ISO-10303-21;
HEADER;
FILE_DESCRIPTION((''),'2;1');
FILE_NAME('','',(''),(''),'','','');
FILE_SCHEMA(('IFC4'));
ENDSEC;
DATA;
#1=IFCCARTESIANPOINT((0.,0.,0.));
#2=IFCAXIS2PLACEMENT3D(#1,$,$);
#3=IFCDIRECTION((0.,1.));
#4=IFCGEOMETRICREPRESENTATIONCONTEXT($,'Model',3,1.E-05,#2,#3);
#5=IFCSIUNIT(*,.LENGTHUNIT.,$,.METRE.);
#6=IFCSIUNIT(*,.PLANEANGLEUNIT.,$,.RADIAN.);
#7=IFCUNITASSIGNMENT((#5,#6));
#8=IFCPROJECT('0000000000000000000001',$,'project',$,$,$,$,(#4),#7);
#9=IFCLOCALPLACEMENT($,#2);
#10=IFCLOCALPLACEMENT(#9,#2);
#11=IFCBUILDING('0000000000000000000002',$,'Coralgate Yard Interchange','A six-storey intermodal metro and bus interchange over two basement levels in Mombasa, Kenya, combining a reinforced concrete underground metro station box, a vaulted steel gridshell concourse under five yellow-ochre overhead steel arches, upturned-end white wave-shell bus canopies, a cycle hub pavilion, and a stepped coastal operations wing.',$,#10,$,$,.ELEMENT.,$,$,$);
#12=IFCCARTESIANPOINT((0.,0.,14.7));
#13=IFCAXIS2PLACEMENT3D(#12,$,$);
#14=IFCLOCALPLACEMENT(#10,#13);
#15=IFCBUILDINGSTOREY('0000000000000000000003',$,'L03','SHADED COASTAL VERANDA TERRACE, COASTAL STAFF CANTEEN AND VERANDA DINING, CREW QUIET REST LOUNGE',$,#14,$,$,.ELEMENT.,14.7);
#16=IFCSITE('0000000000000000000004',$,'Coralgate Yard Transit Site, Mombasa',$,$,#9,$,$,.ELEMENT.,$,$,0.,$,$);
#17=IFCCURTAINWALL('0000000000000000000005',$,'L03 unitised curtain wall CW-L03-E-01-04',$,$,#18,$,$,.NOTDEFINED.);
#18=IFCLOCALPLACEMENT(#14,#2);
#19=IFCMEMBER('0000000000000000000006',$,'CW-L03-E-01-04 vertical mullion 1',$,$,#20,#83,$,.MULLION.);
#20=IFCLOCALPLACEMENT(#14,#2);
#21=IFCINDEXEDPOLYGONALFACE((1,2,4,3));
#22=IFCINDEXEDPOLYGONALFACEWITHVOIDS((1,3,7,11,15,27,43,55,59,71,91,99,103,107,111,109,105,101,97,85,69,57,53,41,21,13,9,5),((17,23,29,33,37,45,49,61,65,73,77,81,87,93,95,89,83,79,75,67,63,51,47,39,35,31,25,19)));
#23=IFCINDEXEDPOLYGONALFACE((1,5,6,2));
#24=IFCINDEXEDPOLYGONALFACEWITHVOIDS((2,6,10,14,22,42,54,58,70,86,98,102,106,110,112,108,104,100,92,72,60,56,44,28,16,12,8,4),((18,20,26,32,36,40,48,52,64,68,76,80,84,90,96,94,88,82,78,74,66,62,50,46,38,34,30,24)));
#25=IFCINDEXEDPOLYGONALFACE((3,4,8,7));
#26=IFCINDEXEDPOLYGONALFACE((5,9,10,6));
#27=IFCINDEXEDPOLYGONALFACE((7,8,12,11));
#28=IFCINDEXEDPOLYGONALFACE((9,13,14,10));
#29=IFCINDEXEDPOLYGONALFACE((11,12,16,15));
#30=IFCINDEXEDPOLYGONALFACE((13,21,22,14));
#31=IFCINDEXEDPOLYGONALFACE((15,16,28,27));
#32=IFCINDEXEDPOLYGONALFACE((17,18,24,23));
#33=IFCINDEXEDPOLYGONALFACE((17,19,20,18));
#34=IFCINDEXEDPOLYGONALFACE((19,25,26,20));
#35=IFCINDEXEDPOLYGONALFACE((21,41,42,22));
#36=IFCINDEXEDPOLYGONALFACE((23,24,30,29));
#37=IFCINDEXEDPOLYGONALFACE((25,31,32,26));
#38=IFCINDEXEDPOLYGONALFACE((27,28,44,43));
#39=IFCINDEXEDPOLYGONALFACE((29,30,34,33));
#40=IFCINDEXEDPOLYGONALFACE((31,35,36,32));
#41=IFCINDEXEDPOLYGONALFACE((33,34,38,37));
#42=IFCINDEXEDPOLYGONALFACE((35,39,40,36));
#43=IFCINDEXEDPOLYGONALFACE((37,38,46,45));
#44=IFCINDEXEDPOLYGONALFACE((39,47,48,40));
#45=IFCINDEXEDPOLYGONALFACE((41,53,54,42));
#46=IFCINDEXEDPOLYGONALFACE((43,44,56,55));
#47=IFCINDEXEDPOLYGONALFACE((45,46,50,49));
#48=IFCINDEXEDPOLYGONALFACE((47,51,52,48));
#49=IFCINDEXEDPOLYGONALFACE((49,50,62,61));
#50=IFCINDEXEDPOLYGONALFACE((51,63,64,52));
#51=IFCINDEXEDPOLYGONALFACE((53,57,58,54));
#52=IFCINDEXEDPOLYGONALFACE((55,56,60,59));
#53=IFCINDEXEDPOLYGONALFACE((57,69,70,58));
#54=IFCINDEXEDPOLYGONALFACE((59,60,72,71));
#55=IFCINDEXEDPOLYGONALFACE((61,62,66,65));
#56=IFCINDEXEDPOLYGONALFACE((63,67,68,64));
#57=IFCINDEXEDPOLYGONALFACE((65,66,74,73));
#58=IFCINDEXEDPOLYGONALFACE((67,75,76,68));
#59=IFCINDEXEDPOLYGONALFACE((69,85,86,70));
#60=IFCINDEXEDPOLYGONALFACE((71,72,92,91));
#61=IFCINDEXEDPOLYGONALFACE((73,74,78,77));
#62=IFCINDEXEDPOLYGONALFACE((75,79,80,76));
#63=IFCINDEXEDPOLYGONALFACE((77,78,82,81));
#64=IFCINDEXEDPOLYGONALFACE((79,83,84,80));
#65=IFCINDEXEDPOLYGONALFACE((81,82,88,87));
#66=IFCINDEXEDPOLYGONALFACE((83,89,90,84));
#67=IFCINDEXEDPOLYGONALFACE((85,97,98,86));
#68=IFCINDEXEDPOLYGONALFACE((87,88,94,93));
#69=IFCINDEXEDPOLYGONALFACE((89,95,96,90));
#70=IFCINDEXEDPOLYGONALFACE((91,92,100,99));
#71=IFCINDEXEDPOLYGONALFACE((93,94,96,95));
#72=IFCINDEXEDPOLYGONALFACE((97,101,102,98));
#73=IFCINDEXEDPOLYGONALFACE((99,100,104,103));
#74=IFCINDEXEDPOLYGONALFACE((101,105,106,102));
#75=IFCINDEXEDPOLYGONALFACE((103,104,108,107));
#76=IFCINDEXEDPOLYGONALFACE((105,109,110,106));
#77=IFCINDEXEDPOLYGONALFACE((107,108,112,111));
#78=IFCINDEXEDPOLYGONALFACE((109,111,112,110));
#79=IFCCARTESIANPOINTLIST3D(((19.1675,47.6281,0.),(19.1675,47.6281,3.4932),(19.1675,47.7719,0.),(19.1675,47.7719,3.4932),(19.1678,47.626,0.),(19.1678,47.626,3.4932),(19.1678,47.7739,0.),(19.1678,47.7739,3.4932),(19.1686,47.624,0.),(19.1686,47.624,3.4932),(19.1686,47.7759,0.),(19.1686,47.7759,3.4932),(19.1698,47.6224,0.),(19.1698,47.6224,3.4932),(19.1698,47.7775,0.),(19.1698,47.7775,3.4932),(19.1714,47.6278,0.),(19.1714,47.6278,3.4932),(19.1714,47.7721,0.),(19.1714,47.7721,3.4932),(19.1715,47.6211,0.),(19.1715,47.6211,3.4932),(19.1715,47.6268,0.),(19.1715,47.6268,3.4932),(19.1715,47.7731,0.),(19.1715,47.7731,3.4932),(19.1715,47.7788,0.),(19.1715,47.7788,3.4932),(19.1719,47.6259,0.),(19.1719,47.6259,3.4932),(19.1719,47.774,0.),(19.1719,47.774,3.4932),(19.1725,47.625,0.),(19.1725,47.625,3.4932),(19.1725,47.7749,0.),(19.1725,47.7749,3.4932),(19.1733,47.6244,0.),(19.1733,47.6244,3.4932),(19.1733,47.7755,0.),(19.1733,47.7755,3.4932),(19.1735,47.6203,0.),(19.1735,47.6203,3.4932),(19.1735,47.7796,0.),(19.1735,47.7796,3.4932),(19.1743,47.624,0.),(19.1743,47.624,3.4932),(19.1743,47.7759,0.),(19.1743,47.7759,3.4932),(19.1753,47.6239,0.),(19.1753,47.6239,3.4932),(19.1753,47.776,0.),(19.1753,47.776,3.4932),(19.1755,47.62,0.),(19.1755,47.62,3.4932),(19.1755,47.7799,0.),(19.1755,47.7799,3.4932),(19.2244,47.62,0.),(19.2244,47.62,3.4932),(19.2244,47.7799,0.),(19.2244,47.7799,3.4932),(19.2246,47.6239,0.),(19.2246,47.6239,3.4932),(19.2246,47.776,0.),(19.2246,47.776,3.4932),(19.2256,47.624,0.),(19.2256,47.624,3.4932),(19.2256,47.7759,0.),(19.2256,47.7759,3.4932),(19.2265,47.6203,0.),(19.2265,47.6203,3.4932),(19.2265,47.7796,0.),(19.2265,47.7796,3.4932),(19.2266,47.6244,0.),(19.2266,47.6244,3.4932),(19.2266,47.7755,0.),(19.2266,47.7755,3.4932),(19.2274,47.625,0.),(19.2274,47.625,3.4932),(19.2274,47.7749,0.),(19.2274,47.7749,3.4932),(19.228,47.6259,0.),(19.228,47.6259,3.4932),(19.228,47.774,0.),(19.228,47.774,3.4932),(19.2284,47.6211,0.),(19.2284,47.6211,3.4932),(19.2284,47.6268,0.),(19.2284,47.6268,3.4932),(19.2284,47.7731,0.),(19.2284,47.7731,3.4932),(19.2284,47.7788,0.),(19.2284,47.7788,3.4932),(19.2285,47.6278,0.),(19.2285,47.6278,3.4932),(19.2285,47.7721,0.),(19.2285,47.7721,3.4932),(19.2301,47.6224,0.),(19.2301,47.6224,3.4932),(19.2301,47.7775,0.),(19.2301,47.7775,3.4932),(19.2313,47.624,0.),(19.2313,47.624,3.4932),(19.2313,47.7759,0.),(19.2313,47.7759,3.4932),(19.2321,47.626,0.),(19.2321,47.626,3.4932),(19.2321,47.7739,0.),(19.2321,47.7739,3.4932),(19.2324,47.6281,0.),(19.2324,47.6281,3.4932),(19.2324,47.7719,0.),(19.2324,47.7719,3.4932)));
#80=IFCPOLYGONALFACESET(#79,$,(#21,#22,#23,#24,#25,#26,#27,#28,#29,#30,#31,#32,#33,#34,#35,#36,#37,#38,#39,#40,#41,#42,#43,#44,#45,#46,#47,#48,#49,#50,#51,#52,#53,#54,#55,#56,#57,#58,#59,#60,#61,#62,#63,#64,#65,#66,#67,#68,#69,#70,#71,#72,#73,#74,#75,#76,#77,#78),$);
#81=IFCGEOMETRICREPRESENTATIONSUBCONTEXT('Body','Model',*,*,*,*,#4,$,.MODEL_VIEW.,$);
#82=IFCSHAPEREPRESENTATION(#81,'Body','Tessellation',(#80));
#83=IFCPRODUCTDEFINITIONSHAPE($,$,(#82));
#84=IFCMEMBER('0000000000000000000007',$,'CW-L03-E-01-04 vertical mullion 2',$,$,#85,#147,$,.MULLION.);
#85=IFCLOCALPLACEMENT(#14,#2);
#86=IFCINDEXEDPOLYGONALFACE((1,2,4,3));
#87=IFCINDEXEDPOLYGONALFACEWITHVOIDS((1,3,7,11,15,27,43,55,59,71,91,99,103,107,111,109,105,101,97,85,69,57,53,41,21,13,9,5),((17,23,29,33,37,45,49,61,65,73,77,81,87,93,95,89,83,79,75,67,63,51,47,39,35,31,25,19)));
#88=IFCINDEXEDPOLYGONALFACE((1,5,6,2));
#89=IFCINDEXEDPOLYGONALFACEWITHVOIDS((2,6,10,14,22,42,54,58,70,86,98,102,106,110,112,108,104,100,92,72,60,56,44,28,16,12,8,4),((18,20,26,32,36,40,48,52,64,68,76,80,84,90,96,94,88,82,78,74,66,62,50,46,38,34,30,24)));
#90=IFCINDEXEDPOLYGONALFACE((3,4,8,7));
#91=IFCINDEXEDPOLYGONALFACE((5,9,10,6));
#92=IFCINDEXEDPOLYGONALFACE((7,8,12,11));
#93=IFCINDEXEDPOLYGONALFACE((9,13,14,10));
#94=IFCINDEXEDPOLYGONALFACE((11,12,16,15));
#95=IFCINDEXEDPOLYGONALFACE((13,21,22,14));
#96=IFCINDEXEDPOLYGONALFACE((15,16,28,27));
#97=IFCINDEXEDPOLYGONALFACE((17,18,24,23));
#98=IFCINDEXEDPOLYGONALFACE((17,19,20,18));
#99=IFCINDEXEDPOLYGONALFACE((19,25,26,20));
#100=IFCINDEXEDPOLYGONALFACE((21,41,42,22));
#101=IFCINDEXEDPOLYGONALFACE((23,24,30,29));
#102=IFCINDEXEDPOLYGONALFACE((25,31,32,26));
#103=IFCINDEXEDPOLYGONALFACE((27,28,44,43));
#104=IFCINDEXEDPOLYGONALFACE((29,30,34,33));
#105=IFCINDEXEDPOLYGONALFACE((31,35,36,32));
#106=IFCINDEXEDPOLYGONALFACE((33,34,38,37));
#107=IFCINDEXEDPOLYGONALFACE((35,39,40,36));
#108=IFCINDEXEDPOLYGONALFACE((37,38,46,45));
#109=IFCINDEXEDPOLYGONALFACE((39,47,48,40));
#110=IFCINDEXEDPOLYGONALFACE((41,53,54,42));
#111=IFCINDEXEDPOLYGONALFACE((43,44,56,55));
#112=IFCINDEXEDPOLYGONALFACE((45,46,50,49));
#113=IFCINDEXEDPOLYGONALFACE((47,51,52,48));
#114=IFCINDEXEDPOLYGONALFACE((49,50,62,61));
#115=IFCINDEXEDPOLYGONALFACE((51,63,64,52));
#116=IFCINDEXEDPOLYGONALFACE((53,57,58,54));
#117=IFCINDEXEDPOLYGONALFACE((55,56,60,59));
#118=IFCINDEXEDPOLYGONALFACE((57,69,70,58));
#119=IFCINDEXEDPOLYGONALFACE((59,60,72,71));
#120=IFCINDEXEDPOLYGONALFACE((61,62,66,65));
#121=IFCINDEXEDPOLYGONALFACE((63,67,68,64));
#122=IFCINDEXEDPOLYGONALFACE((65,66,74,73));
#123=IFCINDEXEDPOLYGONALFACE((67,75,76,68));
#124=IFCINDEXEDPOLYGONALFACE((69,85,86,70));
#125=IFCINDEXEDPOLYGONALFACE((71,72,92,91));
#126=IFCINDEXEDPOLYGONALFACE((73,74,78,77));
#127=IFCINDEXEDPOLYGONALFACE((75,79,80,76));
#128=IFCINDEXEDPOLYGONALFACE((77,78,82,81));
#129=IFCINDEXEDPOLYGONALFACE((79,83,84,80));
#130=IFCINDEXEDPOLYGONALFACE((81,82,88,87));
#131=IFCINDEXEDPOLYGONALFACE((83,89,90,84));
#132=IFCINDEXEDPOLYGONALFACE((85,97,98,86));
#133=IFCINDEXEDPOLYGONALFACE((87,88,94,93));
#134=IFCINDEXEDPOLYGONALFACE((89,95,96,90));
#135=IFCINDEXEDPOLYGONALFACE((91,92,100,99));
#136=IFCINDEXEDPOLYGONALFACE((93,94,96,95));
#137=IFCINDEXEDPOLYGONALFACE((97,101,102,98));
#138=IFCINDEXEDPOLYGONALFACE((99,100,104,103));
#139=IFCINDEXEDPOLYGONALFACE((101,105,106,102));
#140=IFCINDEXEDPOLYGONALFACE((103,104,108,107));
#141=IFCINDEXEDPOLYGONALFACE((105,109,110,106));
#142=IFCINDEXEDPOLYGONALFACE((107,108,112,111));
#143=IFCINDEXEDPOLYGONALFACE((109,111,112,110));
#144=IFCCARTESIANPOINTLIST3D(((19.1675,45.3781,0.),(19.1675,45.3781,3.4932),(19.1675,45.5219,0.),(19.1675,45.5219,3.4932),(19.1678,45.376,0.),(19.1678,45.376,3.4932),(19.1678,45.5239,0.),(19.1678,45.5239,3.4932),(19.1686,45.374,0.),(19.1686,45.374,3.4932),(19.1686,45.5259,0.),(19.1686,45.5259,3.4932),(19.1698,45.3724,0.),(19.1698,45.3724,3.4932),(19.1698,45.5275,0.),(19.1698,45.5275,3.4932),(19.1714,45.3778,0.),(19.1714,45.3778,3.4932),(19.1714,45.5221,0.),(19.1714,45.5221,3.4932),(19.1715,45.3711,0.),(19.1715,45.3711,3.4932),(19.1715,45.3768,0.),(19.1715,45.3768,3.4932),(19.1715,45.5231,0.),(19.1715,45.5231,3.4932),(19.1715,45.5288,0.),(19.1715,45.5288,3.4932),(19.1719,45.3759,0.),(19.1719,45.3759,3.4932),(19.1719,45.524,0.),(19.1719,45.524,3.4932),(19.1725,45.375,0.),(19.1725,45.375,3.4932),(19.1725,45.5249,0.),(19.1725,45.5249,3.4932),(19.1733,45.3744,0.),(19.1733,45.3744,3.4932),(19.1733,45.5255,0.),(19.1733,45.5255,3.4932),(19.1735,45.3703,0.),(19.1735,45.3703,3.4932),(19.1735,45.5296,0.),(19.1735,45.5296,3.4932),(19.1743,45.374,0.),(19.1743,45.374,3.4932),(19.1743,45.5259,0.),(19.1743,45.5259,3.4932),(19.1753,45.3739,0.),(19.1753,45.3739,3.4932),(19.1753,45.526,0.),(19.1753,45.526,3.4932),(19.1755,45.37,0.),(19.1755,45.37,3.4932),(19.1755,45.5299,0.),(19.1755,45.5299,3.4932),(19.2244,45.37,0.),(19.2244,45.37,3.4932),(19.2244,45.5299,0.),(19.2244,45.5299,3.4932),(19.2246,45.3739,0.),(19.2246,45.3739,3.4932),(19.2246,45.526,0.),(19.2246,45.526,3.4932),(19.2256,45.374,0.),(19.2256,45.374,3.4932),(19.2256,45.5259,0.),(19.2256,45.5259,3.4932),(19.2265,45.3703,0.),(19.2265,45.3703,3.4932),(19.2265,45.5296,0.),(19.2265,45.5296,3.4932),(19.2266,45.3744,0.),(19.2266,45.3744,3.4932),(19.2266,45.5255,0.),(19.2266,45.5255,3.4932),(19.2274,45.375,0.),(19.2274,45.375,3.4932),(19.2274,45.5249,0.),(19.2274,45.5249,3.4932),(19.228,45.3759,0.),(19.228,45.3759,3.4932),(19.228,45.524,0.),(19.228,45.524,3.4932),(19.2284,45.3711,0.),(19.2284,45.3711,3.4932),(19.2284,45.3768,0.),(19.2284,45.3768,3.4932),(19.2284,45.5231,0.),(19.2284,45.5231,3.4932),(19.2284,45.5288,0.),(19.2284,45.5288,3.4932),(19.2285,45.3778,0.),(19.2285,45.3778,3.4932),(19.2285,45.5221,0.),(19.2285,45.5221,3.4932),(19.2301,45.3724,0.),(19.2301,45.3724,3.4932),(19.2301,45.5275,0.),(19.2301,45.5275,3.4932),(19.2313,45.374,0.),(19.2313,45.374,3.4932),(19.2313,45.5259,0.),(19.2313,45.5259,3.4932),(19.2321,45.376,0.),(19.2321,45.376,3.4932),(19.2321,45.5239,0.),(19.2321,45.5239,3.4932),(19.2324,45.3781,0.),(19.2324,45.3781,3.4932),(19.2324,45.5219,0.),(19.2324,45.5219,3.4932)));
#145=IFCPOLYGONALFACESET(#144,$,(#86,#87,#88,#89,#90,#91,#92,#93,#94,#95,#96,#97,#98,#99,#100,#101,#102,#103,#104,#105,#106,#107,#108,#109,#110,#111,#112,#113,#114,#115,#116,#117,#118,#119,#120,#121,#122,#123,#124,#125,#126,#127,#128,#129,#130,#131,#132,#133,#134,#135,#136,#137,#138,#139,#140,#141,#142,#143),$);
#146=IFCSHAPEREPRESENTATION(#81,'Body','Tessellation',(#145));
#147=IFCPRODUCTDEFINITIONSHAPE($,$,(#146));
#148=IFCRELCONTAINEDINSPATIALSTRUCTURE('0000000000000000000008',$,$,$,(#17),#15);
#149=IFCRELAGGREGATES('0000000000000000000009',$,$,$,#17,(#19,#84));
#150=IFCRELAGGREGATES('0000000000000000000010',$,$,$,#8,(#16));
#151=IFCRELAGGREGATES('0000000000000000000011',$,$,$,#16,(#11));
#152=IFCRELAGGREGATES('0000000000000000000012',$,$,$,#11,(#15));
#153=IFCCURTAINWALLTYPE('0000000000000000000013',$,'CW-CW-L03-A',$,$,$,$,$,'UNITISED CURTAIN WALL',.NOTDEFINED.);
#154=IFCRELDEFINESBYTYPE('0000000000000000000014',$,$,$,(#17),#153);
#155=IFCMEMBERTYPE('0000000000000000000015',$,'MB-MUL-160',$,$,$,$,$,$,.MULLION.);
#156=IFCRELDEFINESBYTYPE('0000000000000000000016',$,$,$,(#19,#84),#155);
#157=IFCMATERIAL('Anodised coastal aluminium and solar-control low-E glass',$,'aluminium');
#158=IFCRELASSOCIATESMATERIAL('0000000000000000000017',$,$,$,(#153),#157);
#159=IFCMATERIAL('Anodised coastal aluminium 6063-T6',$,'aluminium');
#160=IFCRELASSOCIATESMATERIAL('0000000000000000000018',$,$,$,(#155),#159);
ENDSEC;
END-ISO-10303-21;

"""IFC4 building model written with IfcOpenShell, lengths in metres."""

from ifc_helpers import new_model, si_unit, direction, frame, origin, origin_2d, place, context, subcontext, project, spatial, hollow_rectangle, extrude, material, material_profile, profile_set, type_object, element, aggregate, save


model = new_model("IFC4")

# Units and contexts
model_context = context("Model", 3, precision=1e-05, world=origin(), true_north=direction((0.0, 1.0)))
body_context = subcontext(model_context, "Body", "Model", "MODEL_VIEW")
ifc_project = project(units=[si_unit("LENGTHUNIT", "METRE"), si_unit("PLANEANGLEUNIT", "RADIAN")], contexts=[model_context])

# Site, building, storey
site_placement = place(None, origin())
site = spatial("IfcSite", under=ifc_project, at=site_placement, Name="Coralgate Yard Transit Site, Mombasa", CompositionType="ELEMENT", RefElevation=0.0)
building_placement = place(site_placement, origin())
building = spatial("IfcBuilding", under=site, at=building_placement, Name="Coralgate Yard Interchange", Description="A six-storey intermodal metro and bus interchange over two basement levels in Mombasa, Kenya, combining a reinforced concrete underground metro station box, a vaulted steel gridshell concourse under five yellow-ochre overhead steel arches, upturned-end white wave-shell bus canopies, a cycle hub pavilion, and a stepped coastal operations wing.", CompositionType="ELEMENT")
storey_placement = place(building_placement, frame((0.0, 0.0, 14.7)))
storey = spatial("IfcBuildingStorey", under=building, at=storey_placement, Name="L03", Description="SHADED COASTAL VERANDA TERRACE, COASTAL STAFF CANTEEN AND VERANDA DINING, CREW QUIET REST LOUNGE", CompositionType="ELEMENT", Elevation=14.7)

# Curtain wall, members
ifc_material_1 = material(Name="Anodised coastal aluminium and solar-control low-E glass", Category="aluminium")
curtain_wall_type = type_object("IfcCurtainWallType", Name="CW-CW-L03-A", ElementType="UNITISED CURTAIN WALL", PredefinedType="NOTDEFINED", material=ifc_material_1)
ifc_material_2 = material(Name="Anodised coastal aluminium 6063-T6", Category="aluminium")
ifc_material_profile_1 = material_profile(ifc_material_2, hollow_rectangle(XDim=0.0649, YDim=0.1599, WallThickness=0.0039, InnerFilletRadius=0.0039, OuterFilletRadius=0.0081, at=origin_2d()), Name="ALU 65x160x4")
ifc_profile_set_1 = profile_set([ifc_material_profile_1], Name="Anodised coastal aluminium 6063-T6")
member_type_1 = type_object("IfcMemberType", Name="MB-MUL-160", PredefinedType="MULLION", material=ifc_profile_set_1)
curtain_wall_1_placement = place(storey_placement, origin())
curtain_wall_1 = element("IfcCurtainWall", 1, at=curtain_wall_1_placement, inside=storey, type_object=curtain_wall_type, Name="L03 unitised curtain wall CW-L03-E-01-04", PredefinedType="NOTDEFINED")
member_1_placement = place(storey_placement, frame((19.2, 47.7, 0.0), z_axis=(0.0, 0.0, 1.0), x_axis=(1.0, 0.0, 0.0)))
member_1 = element("IfcMember", 2, at=member_1_placement, type_object=member_type_1, Name="CW-L03-E-01-04 vertical mullion 1", PredefinedType="MULLION", context=body_context, shape_type="SweptSolid", body=[
    extrude(hollow_rectangle(XDim=0.0649, YDim=0.1599, WallThickness=0.0039, InnerFilletRadius=0.0039, OuterFilletRadius=0.0081, at=origin_2d()), origin(), (0.0, 0.0, 1.0), 3.4932),
])
member_2_placement = place(storey_placement, frame((19.2, 45.45, 0.0), z_axis=(0.0, 0.0, 1.0), x_axis=(1.0, 0.0, 0.0)))
member_2 = element("IfcMember", 3, at=member_2_placement, type_object=member_type_1, Name="CW-L03-E-01-04 vertical mullion 2", PredefinedType="MULLION", context=body_context, shape_type="SweptSolid", body=[
    extrude(hollow_rectangle(XDim=0.0649, YDim=0.1599, WallThickness=0.0039, InnerFilletRadius=0.0039, OuterFilletRadius=0.0081, at=origin_2d()), origin(), (0.0, 0.0, 1.0), 3.4932),
])

aggregate(curtain_wall_1, [member_1, member_2])

save(model, "model.ifc")
